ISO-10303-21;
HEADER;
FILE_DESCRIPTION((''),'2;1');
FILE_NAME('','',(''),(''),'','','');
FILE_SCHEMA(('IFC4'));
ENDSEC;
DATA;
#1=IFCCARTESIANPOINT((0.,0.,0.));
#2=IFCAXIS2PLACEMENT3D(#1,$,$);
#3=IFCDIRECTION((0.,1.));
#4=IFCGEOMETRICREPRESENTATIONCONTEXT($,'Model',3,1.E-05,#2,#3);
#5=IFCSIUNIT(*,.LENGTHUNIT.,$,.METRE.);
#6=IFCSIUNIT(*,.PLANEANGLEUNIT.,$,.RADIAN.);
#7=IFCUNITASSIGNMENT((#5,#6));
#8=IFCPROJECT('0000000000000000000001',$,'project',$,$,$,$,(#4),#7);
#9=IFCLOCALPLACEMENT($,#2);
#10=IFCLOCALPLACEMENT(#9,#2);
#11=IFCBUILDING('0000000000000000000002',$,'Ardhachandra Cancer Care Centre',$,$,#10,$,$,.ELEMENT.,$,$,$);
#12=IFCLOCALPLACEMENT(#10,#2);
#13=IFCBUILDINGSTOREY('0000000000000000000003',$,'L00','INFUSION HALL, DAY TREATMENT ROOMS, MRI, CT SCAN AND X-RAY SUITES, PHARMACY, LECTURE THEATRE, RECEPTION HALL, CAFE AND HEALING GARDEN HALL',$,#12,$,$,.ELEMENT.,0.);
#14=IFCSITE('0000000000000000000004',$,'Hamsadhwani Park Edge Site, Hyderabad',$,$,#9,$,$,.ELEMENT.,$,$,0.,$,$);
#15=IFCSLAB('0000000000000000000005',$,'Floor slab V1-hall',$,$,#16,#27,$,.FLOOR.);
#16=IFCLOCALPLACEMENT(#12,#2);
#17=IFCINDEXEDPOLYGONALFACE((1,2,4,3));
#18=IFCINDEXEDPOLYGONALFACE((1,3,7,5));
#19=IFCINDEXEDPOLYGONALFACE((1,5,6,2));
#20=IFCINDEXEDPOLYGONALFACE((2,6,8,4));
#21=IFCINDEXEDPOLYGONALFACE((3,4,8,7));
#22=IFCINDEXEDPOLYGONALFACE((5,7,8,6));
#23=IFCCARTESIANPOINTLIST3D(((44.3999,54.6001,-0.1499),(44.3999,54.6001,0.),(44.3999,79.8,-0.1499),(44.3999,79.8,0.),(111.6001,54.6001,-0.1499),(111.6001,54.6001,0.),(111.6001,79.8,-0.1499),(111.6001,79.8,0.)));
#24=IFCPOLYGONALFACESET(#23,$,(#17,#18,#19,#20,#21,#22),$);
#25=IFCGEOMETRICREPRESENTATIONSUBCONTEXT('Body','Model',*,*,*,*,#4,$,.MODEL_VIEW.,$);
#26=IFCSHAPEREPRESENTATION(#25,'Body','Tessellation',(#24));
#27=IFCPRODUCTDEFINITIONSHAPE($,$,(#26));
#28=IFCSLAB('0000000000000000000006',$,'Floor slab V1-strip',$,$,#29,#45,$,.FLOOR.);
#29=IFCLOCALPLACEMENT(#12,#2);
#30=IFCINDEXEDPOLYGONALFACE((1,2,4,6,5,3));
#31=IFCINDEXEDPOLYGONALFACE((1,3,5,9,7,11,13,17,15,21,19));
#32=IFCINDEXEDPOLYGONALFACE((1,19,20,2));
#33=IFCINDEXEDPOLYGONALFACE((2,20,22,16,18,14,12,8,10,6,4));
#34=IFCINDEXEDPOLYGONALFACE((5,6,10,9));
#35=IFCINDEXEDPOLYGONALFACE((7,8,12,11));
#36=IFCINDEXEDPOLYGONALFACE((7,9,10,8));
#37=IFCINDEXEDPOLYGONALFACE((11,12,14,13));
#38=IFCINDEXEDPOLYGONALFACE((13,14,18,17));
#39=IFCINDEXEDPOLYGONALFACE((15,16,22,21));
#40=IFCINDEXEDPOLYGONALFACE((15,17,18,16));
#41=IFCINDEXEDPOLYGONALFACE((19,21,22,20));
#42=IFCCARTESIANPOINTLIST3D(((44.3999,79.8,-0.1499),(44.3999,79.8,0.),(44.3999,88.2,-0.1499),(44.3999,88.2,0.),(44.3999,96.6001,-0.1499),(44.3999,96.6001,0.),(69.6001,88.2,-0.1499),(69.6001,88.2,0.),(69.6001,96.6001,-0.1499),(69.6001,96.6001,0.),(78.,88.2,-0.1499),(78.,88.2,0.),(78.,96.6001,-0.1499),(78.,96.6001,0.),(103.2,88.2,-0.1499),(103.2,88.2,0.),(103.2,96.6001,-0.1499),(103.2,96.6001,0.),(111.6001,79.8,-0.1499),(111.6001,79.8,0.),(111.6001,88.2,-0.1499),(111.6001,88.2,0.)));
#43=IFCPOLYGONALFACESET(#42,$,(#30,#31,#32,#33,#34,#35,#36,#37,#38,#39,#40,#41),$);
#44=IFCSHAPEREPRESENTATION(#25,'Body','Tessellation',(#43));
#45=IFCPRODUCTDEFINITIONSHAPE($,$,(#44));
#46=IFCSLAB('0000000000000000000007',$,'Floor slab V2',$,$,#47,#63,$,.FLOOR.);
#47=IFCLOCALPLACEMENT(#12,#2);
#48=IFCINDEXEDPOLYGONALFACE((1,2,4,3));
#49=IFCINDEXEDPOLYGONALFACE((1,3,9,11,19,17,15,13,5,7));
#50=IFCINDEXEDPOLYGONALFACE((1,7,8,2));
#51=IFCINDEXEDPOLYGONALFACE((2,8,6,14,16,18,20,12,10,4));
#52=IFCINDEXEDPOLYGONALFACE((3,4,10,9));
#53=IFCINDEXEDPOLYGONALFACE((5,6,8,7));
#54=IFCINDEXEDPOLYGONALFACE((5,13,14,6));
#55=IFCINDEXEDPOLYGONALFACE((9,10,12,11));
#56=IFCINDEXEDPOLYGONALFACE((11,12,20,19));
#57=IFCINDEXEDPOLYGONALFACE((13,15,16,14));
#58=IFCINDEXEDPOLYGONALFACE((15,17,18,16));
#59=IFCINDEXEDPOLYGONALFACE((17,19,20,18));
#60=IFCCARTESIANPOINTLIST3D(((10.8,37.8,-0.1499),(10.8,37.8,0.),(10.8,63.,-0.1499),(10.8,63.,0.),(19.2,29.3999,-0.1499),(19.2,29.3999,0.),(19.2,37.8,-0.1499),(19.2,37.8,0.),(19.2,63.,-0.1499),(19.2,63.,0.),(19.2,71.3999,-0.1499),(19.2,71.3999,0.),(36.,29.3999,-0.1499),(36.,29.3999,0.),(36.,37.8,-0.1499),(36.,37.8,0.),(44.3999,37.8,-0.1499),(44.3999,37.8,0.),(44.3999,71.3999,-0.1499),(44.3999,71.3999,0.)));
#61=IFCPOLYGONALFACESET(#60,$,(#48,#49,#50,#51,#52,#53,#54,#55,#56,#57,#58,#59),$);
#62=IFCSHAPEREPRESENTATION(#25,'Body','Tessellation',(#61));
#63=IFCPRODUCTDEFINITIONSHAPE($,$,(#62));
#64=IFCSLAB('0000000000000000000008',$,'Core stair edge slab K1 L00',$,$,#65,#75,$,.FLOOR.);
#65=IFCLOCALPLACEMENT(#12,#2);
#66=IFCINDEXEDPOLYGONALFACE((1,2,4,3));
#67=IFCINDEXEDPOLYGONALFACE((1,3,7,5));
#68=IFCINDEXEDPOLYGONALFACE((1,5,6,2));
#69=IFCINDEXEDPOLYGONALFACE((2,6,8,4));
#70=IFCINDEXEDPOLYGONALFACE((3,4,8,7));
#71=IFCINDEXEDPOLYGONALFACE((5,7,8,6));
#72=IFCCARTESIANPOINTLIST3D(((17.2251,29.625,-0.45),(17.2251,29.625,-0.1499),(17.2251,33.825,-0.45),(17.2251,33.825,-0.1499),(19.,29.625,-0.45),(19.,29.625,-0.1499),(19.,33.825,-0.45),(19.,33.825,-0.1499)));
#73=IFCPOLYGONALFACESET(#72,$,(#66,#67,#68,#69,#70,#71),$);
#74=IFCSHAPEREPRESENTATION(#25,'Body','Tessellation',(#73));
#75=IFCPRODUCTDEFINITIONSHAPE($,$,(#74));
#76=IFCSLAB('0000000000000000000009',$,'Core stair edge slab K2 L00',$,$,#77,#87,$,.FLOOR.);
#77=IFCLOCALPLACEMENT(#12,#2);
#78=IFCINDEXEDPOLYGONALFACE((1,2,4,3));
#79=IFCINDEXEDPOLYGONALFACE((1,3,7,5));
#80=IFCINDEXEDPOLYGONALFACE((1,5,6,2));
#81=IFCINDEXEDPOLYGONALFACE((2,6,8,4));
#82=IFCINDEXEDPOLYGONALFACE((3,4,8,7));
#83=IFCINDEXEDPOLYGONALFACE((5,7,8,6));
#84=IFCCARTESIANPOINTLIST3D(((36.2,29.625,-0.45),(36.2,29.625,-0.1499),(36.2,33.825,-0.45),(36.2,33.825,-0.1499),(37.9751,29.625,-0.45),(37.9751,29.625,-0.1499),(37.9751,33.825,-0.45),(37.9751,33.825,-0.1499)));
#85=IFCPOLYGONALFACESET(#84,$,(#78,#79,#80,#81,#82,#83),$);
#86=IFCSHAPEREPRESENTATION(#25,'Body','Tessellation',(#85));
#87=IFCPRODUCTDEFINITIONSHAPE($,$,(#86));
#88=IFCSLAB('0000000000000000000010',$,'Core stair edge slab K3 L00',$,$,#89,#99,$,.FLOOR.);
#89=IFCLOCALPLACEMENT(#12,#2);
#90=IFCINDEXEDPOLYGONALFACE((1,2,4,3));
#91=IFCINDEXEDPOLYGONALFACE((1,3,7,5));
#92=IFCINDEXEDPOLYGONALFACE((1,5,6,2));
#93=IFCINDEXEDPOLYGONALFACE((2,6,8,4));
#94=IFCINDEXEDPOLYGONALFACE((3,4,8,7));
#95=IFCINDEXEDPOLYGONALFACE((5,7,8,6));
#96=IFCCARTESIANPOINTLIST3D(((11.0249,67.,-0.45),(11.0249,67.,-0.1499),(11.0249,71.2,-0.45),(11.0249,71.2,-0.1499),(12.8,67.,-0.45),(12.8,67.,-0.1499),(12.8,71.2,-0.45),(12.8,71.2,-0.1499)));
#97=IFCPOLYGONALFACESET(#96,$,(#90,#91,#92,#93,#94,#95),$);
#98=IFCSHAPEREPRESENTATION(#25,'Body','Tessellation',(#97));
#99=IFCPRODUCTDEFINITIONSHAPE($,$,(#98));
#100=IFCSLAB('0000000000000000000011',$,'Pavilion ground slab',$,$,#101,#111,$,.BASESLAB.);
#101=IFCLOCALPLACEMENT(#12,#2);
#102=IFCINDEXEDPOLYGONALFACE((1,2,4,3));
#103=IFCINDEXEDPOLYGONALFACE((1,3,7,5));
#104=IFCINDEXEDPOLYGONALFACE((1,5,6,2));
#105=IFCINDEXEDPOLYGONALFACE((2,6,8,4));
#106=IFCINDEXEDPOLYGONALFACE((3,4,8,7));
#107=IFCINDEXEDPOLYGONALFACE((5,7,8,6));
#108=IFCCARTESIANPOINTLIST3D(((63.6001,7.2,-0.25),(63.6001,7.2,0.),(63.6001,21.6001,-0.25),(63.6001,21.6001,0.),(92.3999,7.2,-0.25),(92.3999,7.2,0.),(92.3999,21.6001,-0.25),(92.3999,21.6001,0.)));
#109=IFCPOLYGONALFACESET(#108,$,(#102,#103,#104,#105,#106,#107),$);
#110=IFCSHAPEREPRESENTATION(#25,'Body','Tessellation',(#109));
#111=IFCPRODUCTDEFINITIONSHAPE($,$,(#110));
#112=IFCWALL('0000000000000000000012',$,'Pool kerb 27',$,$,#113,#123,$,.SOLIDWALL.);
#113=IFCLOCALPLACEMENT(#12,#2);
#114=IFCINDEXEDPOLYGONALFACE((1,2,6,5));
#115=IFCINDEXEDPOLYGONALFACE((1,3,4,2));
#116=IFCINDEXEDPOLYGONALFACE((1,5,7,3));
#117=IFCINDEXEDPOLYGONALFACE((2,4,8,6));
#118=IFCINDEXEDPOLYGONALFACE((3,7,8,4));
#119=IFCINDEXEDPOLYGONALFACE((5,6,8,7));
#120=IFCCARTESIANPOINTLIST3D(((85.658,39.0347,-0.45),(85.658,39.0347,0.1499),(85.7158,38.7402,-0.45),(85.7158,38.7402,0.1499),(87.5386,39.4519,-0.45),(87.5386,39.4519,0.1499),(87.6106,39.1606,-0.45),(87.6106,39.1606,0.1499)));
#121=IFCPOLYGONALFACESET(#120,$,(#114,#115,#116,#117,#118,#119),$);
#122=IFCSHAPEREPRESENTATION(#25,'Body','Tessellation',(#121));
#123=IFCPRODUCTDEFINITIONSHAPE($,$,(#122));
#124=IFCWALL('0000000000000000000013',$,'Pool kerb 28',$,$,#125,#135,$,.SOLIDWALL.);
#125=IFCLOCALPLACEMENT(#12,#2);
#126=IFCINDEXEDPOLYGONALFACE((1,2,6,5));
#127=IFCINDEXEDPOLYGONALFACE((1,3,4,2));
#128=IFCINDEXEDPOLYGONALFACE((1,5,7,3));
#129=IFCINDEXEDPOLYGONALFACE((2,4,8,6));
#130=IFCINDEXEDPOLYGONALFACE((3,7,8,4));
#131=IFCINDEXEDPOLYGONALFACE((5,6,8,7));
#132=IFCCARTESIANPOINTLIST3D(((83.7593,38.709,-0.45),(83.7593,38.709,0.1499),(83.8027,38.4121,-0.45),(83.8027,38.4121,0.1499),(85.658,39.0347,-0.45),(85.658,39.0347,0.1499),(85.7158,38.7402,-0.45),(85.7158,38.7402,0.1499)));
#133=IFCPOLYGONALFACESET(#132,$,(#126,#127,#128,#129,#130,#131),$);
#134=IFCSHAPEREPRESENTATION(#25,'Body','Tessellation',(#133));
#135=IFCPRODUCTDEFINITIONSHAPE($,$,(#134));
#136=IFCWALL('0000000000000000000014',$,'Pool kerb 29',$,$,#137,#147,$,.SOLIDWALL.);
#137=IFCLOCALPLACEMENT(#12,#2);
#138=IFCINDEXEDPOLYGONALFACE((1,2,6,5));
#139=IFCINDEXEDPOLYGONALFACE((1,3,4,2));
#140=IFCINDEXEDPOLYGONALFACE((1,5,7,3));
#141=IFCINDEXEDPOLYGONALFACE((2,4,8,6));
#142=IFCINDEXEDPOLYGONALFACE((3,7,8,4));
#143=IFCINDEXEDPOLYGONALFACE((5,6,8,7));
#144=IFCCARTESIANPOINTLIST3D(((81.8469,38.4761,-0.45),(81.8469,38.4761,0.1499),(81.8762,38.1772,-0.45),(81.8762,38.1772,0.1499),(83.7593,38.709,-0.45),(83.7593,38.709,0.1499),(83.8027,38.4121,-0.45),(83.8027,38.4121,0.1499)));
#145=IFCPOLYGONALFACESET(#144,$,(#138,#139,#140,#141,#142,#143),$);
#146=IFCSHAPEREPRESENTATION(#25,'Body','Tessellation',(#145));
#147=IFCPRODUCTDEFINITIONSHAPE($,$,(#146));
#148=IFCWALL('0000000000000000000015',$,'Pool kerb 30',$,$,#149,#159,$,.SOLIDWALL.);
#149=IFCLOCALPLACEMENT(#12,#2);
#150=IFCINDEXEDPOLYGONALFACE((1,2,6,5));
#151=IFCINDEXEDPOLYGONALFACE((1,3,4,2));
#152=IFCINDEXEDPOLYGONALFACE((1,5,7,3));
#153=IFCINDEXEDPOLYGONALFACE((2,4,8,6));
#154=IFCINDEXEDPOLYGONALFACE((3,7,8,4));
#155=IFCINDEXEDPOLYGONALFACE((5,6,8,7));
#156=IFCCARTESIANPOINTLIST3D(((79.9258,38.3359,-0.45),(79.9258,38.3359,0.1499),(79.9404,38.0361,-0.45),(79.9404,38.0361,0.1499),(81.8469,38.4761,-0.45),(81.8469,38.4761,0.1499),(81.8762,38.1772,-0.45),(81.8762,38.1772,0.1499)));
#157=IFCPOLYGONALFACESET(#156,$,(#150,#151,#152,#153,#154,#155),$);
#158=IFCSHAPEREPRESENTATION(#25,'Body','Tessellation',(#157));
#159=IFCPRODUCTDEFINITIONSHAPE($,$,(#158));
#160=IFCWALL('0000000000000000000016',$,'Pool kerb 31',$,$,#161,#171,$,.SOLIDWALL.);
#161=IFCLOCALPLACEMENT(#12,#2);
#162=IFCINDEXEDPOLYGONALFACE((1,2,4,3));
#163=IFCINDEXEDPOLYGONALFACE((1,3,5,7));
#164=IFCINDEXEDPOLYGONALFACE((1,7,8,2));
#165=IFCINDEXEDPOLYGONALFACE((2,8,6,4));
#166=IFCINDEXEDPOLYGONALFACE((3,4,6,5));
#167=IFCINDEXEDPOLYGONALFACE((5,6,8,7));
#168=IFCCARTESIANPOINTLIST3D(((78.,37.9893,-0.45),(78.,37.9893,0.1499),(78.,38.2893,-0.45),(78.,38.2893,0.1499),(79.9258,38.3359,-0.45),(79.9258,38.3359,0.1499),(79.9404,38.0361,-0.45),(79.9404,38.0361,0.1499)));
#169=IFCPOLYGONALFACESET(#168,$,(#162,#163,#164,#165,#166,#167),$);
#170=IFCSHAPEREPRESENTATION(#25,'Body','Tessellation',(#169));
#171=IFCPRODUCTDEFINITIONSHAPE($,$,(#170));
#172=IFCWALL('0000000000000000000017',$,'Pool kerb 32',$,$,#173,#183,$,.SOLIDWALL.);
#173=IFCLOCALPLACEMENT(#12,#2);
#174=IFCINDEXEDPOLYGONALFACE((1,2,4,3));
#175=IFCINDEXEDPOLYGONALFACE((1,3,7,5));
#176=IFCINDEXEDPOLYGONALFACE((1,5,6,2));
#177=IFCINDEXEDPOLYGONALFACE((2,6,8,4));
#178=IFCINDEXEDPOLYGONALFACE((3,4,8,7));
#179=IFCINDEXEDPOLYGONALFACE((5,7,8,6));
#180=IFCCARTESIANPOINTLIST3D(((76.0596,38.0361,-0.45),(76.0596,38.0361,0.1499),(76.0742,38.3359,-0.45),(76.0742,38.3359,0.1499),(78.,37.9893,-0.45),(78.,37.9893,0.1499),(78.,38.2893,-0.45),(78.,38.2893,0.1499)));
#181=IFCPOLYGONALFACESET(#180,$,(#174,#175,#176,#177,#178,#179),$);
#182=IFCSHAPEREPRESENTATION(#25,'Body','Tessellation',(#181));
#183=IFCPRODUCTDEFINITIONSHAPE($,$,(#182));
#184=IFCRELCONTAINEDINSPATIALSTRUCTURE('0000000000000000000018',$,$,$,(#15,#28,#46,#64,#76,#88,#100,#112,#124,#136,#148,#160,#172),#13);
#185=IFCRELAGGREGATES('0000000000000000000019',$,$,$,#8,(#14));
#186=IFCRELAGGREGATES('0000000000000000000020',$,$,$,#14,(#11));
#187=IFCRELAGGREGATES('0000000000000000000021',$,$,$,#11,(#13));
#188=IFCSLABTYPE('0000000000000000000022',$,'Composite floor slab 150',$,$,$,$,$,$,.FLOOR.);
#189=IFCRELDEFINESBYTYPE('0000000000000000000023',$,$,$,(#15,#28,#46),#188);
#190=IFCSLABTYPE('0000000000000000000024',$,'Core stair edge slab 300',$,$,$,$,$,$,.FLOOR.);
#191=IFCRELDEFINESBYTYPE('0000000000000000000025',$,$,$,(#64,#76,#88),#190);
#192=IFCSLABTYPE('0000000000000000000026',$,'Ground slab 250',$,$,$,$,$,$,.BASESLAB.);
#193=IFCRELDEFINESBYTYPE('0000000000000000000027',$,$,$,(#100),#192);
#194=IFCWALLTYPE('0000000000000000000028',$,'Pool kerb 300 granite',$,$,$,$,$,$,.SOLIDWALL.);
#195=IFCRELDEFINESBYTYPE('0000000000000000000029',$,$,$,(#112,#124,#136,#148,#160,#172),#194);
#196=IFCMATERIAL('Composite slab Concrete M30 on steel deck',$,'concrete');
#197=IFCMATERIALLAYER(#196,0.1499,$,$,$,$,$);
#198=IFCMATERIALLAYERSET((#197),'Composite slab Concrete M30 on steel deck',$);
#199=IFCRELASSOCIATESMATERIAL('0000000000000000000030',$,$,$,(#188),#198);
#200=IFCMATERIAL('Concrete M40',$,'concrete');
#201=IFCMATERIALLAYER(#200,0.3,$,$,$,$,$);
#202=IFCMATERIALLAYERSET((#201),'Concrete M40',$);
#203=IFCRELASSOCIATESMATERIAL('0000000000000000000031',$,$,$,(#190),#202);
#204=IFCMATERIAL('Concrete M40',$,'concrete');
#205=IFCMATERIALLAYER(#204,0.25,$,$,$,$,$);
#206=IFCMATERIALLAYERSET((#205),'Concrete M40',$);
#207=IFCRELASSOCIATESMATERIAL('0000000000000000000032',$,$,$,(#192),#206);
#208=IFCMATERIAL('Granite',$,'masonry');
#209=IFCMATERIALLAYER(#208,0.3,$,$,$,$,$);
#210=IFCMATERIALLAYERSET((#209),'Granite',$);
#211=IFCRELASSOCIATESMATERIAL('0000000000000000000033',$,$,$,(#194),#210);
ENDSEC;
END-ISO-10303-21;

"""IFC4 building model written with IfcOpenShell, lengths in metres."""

from ifc_helpers import new_model, si_unit, direction, frame, origin, place, context, subcontext, project, spatial, polyline, outline, extrude, material, layer, layer_set, type_object, element, save


model = new_model("IFC4")

# Units and contexts
model_context = context("Model", 3, precision=1e-05, world=origin(), true_north=direction((0.0, 1.0)))
body_context = subcontext(model_context, "Body", "Model", "MODEL_VIEW")
ifc_project = project(units=[si_unit("LENGTHUNIT", "METRE"), si_unit("PLANEANGLEUNIT", "RADIAN")], contexts=[model_context])

# Site, building, storey
site_placement = place(None, origin())
site = spatial("IfcSite", under=ifc_project, at=site_placement, Name="Hamsadhwani Park Edge Site, Hyderabad", CompositionType="ELEMENT", RefElevation=0.0)
building_placement = place(site_placement, origin())
building = spatial("IfcBuilding", under=site, at=building_placement, Name="Ardhachandra Cancer Care Centre", CompositionType="ELEMENT")
storey_placement = place(building_placement, origin())
storey = spatial("IfcBuildingStorey", under=building, at=storey_placement, Name="L00", Description="INFUSION HALL, DAY TREATMENT ROOMS, MRI, CT SCAN AND X-RAY SUITES, PHARMACY, LECTURE THEATRE, RECEPTION HALL, CAFE AND HEALING GARDEN HALL", CompositionType="ELEMENT", Elevation=0.0)

# Slabs
ifc_material_1 = material(Name="Composite slab Concrete M30 on steel deck", Category="concrete")
ifc_layer_1 = layer(ifc_material_1, 0.1499)
ifc_layer_set_1 = layer_set([ifc_layer_1], Name="Composite slab Concrete M30 on steel deck")
slab_type_1 = type_object("IfcSlabType", Name="Composite floor slab 150", PredefinedType="FLOOR", material=ifc_layer_set_1)
slab_1_placement = place(storey_placement, frame((0.0, 0.0, -0.1499)))
element("IfcSlab", 1, at=slab_1_placement, inside=storey, type_object=slab_type_1, Name="Floor slab V1-hall", PredefinedType="FLOOR", context=body_context, shape_type="SweptSolid", body=[
    extrude(outline(polyline([(111.6001, 54.6001), (111.6001, 79.8), (44.3999, 79.8), (44.3999, 54.6001), (111.6001, 54.6001)])), origin(), (0.0, 0.0, 1.0), 0.1499),
])
slab_2_placement = place(storey_placement, frame((0.0, 0.0, -0.1499)))
element("IfcSlab", 2, at=slab_2_placement, inside=storey, type_object=slab_type_1, Name="Floor slab V1-strip", PredefinedType="FLOOR", context=body_context, shape_type="SweptSolid", body=[
    extrude(outline(polyline([(111.6001, 88.2), (103.2, 88.2), (103.2, 96.6001), (78.0, 96.6001), (78.0, 88.2), (69.6001, 88.2), (69.6001, 96.6001), (44.3999, 96.6001), (44.3999, 88.2), (44.3999, 79.8), (111.6001, 79.8), (111.6001, 88.2)])), origin(), (0.0, 0.0, 1.0), 0.1499),
])
slab_3_placement = place(storey_placement, frame((0.0, 0.0, -0.1499)))
element("IfcSlab", 3, at=slab_3_placement, inside=storey, type_object=slab_type_1, Name="Floor slab V2", PredefinedType="FLOOR", context=body_context, shape_type="SweptSolid", body=[
    extrude(outline(polyline([(19.2, 71.3999), (19.2, 63.0), (10.8, 63.0), (10.8, 37.8), (19.2, 37.8), (19.2, 29.3999), (36.0, 29.3999), (36.0, 37.8), (44.3999, 37.8), (44.3999, 71.3999), (19.2, 71.3999)])), origin(), (0.0, 0.0, 1.0), 0.1499),
])
ifc_material_2 = material(Name="Concrete M40", Category="concrete")
ifc_layer_2 = layer(ifc_material_2, 0.3)
ifc_layer_set_2 = layer_set([ifc_layer_2], Name="Concrete M40")
slab_type_2 = type_object("IfcSlabType", Name="Core stair edge slab 300", PredefinedType="FLOOR", material=ifc_layer_set_2)
slab_4_placement = place(storey_placement, frame((0.0, 0.0, -0.45)))
element("IfcSlab", 4, at=slab_4_placement, inside=storey, type_object=slab_type_2, Name="Core stair edge slab K1 L00", PredefinedType="FLOOR", context=body_context, shape_type="SweptSolid", body=[
    extrude(outline(polyline([(17.2251, 33.825), (19.0, 33.825), (19.0, 29.625), (17.2251, 29.625), (17.2251, 33.825)])), origin(), (0.0, 0.0, 1.0), 0.3),
])
slab_5_placement = place(storey_placement, frame((0.0, 0.0, -0.45)))
element("IfcSlab", 5, at=slab_5_placement, inside=storey, type_object=slab_type_2, Name="Core stair edge slab K2 L00", PredefinedType="FLOOR", context=body_context, shape_type="SweptSolid", body=[
    extrude(outline(polyline([(36.2, 29.625), (36.2, 33.825), (37.9751, 33.825), (37.9751, 29.625), (36.2, 29.625)])), origin(), (0.0, 0.0, 1.0), 0.3),
])
slab_6_placement = place(storey_placement, frame((0.0, 0.0, -0.45)))
element("IfcSlab", 6, at=slab_6_placement, inside=storey, type_object=slab_type_2, Name="Core stair edge slab K3 L00", PredefinedType="FLOOR", context=body_context, shape_type="SweptSolid", body=[
    extrude(outline(polyline([(12.8, 67.0), (11.0249, 67.0), (11.0249, 71.2), (12.8, 71.2), (12.8, 67.0)])), origin(), (0.0, 0.0, 1.0), 0.3),
])
ifc_material_3 = material(Name="Concrete M40", Category="concrete")
ifc_layer_3 = layer(ifc_material_3, 0.25)
ifc_layer_set_3 = layer_set([ifc_layer_3], Name="Concrete M40")
slab_type_3 = type_object("IfcSlabType", Name="Ground slab 250", PredefinedType="BASESLAB", material=ifc_layer_set_3)
slab_7_placement = place(storey_placement, frame((0.0, 0.0, -0.25)))
element("IfcSlab", 7, at=slab_7_placement, inside=storey, type_object=slab_type_3, Name="Pavilion ground slab", PredefinedType="BASESLAB", context=body_context, shape_type="SweptSolid", body=[
    extrude(outline(polyline([(63.6001, 7.2), (92.3999, 7.2), (92.3999, 21.6001), (63.6001, 21.6001), (63.6001, 7.2)])), origin(), (0.0, 0.0, 1.0), 0.25),
])

# Walls
ifc_material_4 = material(Name="Granite", Category="masonry")
ifc_layer_4 = layer(ifc_material_4, 0.3)
ifc_layer_set_4 = layer_set([ifc_layer_4], Name="Granite")
wall_type = type_object("IfcWallType", Name="Pool kerb 300 granite", PredefinedType="SOLIDWALL", material=ifc_layer_set_4)
wall_1_placement = place(storey_placement, frame((0.0, 0.0, -0.45)))
element("IfcWall", 8, at=wall_1_placement, inside=storey, type_object=wall_type, Name="Pool kerb 27", PredefinedType="SOLIDWALL", context=body_context, shape_type="SweptSolid", body=[
    extrude(outline(polyline([(87.6106, 39.1606), (85.7158, 38.7402), (85.658, 39.0347), (87.5386, 39.4519), (87.6106, 39.1606)])), origin(), (0.0, 0.0, 1.0), 0.5999),
])
wall_2_placement = place(storey_placement, frame((0.0, 0.0, -0.45)))
element("IfcWall", 9, at=wall_2_placement, inside=storey, type_object=wall_type, Name="Pool kerb 28", PredefinedType="SOLIDWALL", context=body_context, shape_type="SweptSolid", body=[
    extrude(outline(polyline([(85.7158, 38.7402), (83.8027, 38.4121), (83.7593, 38.709), (85.658, 39.0347), (85.7158, 38.7402)])), origin(), (0.0, 0.0, 1.0), 0.5999),
])
wall_3_placement = place(storey_placement, frame((0.0, 0.0, -0.45)))
element("IfcWall", 10, at=wall_3_placement, inside=storey, type_object=wall_type, Name="Pool kerb 29", PredefinedType="SOLIDWALL", context=body_context, shape_type="SweptSolid", body=[
    extrude(outline(polyline([(83.8027, 38.4121), (81.8762, 38.1772), (81.8469, 38.4761), (83.7593, 38.709), (83.8027, 38.4121)])), origin(), (0.0, 0.0, 1.0), 0.5999),
])
wall_4_placement = place(storey_placement, frame((0.0, 0.0, -0.45)))
element("IfcWall", 11, at=wall_4_placement, inside=storey, type_object=wall_type, Name="Pool kerb 30", PredefinedType="SOLIDWALL", context=body_context, shape_type="SweptSolid", body=[
    extrude(outline(polyline([(81.8762, 38.1772), (79.9404, 38.0361), (79.9258, 38.3359), (81.8469, 38.4761), (81.8762, 38.1772)])), origin(), (0.0, 0.0, 1.0), 0.5999),
])
wall_5_placement = place(storey_placement, frame((0.0, 0.0, -0.45)))
element("IfcWall", 12, at=wall_5_placement, inside=storey, type_object=wall_type, Name="Pool kerb 31", PredefinedType="SOLIDWALL", context=body_context, shape_type="SweptSolid", body=[
    extrude(outline(polyline([(79.9404, 38.0361), (78.0, 37.9893), (78.0, 38.2893), (79.9258, 38.3359), (79.9404, 38.0361)])), origin(), (0.0, 0.0, 1.0), 0.5999),
])
wall_6_placement = place(storey_placement, frame((0.0, 0.0, -0.45)))
element("IfcWall", 13, at=wall_6_placement, inside=storey, type_object=wall_type, Name="Pool kerb 32", PredefinedType="SOLIDWALL", context=body_context, shape_type="SweptSolid", body=[
    extrude(outline(polyline([(78.0, 37.9893), (76.0596, 38.0361), (76.0742, 38.3359), (78.0, 38.2893), (78.0, 37.9893)])), origin(), (0.0, 0.0, 1.0), 0.5999),
])

save(model, "model.ifc")
